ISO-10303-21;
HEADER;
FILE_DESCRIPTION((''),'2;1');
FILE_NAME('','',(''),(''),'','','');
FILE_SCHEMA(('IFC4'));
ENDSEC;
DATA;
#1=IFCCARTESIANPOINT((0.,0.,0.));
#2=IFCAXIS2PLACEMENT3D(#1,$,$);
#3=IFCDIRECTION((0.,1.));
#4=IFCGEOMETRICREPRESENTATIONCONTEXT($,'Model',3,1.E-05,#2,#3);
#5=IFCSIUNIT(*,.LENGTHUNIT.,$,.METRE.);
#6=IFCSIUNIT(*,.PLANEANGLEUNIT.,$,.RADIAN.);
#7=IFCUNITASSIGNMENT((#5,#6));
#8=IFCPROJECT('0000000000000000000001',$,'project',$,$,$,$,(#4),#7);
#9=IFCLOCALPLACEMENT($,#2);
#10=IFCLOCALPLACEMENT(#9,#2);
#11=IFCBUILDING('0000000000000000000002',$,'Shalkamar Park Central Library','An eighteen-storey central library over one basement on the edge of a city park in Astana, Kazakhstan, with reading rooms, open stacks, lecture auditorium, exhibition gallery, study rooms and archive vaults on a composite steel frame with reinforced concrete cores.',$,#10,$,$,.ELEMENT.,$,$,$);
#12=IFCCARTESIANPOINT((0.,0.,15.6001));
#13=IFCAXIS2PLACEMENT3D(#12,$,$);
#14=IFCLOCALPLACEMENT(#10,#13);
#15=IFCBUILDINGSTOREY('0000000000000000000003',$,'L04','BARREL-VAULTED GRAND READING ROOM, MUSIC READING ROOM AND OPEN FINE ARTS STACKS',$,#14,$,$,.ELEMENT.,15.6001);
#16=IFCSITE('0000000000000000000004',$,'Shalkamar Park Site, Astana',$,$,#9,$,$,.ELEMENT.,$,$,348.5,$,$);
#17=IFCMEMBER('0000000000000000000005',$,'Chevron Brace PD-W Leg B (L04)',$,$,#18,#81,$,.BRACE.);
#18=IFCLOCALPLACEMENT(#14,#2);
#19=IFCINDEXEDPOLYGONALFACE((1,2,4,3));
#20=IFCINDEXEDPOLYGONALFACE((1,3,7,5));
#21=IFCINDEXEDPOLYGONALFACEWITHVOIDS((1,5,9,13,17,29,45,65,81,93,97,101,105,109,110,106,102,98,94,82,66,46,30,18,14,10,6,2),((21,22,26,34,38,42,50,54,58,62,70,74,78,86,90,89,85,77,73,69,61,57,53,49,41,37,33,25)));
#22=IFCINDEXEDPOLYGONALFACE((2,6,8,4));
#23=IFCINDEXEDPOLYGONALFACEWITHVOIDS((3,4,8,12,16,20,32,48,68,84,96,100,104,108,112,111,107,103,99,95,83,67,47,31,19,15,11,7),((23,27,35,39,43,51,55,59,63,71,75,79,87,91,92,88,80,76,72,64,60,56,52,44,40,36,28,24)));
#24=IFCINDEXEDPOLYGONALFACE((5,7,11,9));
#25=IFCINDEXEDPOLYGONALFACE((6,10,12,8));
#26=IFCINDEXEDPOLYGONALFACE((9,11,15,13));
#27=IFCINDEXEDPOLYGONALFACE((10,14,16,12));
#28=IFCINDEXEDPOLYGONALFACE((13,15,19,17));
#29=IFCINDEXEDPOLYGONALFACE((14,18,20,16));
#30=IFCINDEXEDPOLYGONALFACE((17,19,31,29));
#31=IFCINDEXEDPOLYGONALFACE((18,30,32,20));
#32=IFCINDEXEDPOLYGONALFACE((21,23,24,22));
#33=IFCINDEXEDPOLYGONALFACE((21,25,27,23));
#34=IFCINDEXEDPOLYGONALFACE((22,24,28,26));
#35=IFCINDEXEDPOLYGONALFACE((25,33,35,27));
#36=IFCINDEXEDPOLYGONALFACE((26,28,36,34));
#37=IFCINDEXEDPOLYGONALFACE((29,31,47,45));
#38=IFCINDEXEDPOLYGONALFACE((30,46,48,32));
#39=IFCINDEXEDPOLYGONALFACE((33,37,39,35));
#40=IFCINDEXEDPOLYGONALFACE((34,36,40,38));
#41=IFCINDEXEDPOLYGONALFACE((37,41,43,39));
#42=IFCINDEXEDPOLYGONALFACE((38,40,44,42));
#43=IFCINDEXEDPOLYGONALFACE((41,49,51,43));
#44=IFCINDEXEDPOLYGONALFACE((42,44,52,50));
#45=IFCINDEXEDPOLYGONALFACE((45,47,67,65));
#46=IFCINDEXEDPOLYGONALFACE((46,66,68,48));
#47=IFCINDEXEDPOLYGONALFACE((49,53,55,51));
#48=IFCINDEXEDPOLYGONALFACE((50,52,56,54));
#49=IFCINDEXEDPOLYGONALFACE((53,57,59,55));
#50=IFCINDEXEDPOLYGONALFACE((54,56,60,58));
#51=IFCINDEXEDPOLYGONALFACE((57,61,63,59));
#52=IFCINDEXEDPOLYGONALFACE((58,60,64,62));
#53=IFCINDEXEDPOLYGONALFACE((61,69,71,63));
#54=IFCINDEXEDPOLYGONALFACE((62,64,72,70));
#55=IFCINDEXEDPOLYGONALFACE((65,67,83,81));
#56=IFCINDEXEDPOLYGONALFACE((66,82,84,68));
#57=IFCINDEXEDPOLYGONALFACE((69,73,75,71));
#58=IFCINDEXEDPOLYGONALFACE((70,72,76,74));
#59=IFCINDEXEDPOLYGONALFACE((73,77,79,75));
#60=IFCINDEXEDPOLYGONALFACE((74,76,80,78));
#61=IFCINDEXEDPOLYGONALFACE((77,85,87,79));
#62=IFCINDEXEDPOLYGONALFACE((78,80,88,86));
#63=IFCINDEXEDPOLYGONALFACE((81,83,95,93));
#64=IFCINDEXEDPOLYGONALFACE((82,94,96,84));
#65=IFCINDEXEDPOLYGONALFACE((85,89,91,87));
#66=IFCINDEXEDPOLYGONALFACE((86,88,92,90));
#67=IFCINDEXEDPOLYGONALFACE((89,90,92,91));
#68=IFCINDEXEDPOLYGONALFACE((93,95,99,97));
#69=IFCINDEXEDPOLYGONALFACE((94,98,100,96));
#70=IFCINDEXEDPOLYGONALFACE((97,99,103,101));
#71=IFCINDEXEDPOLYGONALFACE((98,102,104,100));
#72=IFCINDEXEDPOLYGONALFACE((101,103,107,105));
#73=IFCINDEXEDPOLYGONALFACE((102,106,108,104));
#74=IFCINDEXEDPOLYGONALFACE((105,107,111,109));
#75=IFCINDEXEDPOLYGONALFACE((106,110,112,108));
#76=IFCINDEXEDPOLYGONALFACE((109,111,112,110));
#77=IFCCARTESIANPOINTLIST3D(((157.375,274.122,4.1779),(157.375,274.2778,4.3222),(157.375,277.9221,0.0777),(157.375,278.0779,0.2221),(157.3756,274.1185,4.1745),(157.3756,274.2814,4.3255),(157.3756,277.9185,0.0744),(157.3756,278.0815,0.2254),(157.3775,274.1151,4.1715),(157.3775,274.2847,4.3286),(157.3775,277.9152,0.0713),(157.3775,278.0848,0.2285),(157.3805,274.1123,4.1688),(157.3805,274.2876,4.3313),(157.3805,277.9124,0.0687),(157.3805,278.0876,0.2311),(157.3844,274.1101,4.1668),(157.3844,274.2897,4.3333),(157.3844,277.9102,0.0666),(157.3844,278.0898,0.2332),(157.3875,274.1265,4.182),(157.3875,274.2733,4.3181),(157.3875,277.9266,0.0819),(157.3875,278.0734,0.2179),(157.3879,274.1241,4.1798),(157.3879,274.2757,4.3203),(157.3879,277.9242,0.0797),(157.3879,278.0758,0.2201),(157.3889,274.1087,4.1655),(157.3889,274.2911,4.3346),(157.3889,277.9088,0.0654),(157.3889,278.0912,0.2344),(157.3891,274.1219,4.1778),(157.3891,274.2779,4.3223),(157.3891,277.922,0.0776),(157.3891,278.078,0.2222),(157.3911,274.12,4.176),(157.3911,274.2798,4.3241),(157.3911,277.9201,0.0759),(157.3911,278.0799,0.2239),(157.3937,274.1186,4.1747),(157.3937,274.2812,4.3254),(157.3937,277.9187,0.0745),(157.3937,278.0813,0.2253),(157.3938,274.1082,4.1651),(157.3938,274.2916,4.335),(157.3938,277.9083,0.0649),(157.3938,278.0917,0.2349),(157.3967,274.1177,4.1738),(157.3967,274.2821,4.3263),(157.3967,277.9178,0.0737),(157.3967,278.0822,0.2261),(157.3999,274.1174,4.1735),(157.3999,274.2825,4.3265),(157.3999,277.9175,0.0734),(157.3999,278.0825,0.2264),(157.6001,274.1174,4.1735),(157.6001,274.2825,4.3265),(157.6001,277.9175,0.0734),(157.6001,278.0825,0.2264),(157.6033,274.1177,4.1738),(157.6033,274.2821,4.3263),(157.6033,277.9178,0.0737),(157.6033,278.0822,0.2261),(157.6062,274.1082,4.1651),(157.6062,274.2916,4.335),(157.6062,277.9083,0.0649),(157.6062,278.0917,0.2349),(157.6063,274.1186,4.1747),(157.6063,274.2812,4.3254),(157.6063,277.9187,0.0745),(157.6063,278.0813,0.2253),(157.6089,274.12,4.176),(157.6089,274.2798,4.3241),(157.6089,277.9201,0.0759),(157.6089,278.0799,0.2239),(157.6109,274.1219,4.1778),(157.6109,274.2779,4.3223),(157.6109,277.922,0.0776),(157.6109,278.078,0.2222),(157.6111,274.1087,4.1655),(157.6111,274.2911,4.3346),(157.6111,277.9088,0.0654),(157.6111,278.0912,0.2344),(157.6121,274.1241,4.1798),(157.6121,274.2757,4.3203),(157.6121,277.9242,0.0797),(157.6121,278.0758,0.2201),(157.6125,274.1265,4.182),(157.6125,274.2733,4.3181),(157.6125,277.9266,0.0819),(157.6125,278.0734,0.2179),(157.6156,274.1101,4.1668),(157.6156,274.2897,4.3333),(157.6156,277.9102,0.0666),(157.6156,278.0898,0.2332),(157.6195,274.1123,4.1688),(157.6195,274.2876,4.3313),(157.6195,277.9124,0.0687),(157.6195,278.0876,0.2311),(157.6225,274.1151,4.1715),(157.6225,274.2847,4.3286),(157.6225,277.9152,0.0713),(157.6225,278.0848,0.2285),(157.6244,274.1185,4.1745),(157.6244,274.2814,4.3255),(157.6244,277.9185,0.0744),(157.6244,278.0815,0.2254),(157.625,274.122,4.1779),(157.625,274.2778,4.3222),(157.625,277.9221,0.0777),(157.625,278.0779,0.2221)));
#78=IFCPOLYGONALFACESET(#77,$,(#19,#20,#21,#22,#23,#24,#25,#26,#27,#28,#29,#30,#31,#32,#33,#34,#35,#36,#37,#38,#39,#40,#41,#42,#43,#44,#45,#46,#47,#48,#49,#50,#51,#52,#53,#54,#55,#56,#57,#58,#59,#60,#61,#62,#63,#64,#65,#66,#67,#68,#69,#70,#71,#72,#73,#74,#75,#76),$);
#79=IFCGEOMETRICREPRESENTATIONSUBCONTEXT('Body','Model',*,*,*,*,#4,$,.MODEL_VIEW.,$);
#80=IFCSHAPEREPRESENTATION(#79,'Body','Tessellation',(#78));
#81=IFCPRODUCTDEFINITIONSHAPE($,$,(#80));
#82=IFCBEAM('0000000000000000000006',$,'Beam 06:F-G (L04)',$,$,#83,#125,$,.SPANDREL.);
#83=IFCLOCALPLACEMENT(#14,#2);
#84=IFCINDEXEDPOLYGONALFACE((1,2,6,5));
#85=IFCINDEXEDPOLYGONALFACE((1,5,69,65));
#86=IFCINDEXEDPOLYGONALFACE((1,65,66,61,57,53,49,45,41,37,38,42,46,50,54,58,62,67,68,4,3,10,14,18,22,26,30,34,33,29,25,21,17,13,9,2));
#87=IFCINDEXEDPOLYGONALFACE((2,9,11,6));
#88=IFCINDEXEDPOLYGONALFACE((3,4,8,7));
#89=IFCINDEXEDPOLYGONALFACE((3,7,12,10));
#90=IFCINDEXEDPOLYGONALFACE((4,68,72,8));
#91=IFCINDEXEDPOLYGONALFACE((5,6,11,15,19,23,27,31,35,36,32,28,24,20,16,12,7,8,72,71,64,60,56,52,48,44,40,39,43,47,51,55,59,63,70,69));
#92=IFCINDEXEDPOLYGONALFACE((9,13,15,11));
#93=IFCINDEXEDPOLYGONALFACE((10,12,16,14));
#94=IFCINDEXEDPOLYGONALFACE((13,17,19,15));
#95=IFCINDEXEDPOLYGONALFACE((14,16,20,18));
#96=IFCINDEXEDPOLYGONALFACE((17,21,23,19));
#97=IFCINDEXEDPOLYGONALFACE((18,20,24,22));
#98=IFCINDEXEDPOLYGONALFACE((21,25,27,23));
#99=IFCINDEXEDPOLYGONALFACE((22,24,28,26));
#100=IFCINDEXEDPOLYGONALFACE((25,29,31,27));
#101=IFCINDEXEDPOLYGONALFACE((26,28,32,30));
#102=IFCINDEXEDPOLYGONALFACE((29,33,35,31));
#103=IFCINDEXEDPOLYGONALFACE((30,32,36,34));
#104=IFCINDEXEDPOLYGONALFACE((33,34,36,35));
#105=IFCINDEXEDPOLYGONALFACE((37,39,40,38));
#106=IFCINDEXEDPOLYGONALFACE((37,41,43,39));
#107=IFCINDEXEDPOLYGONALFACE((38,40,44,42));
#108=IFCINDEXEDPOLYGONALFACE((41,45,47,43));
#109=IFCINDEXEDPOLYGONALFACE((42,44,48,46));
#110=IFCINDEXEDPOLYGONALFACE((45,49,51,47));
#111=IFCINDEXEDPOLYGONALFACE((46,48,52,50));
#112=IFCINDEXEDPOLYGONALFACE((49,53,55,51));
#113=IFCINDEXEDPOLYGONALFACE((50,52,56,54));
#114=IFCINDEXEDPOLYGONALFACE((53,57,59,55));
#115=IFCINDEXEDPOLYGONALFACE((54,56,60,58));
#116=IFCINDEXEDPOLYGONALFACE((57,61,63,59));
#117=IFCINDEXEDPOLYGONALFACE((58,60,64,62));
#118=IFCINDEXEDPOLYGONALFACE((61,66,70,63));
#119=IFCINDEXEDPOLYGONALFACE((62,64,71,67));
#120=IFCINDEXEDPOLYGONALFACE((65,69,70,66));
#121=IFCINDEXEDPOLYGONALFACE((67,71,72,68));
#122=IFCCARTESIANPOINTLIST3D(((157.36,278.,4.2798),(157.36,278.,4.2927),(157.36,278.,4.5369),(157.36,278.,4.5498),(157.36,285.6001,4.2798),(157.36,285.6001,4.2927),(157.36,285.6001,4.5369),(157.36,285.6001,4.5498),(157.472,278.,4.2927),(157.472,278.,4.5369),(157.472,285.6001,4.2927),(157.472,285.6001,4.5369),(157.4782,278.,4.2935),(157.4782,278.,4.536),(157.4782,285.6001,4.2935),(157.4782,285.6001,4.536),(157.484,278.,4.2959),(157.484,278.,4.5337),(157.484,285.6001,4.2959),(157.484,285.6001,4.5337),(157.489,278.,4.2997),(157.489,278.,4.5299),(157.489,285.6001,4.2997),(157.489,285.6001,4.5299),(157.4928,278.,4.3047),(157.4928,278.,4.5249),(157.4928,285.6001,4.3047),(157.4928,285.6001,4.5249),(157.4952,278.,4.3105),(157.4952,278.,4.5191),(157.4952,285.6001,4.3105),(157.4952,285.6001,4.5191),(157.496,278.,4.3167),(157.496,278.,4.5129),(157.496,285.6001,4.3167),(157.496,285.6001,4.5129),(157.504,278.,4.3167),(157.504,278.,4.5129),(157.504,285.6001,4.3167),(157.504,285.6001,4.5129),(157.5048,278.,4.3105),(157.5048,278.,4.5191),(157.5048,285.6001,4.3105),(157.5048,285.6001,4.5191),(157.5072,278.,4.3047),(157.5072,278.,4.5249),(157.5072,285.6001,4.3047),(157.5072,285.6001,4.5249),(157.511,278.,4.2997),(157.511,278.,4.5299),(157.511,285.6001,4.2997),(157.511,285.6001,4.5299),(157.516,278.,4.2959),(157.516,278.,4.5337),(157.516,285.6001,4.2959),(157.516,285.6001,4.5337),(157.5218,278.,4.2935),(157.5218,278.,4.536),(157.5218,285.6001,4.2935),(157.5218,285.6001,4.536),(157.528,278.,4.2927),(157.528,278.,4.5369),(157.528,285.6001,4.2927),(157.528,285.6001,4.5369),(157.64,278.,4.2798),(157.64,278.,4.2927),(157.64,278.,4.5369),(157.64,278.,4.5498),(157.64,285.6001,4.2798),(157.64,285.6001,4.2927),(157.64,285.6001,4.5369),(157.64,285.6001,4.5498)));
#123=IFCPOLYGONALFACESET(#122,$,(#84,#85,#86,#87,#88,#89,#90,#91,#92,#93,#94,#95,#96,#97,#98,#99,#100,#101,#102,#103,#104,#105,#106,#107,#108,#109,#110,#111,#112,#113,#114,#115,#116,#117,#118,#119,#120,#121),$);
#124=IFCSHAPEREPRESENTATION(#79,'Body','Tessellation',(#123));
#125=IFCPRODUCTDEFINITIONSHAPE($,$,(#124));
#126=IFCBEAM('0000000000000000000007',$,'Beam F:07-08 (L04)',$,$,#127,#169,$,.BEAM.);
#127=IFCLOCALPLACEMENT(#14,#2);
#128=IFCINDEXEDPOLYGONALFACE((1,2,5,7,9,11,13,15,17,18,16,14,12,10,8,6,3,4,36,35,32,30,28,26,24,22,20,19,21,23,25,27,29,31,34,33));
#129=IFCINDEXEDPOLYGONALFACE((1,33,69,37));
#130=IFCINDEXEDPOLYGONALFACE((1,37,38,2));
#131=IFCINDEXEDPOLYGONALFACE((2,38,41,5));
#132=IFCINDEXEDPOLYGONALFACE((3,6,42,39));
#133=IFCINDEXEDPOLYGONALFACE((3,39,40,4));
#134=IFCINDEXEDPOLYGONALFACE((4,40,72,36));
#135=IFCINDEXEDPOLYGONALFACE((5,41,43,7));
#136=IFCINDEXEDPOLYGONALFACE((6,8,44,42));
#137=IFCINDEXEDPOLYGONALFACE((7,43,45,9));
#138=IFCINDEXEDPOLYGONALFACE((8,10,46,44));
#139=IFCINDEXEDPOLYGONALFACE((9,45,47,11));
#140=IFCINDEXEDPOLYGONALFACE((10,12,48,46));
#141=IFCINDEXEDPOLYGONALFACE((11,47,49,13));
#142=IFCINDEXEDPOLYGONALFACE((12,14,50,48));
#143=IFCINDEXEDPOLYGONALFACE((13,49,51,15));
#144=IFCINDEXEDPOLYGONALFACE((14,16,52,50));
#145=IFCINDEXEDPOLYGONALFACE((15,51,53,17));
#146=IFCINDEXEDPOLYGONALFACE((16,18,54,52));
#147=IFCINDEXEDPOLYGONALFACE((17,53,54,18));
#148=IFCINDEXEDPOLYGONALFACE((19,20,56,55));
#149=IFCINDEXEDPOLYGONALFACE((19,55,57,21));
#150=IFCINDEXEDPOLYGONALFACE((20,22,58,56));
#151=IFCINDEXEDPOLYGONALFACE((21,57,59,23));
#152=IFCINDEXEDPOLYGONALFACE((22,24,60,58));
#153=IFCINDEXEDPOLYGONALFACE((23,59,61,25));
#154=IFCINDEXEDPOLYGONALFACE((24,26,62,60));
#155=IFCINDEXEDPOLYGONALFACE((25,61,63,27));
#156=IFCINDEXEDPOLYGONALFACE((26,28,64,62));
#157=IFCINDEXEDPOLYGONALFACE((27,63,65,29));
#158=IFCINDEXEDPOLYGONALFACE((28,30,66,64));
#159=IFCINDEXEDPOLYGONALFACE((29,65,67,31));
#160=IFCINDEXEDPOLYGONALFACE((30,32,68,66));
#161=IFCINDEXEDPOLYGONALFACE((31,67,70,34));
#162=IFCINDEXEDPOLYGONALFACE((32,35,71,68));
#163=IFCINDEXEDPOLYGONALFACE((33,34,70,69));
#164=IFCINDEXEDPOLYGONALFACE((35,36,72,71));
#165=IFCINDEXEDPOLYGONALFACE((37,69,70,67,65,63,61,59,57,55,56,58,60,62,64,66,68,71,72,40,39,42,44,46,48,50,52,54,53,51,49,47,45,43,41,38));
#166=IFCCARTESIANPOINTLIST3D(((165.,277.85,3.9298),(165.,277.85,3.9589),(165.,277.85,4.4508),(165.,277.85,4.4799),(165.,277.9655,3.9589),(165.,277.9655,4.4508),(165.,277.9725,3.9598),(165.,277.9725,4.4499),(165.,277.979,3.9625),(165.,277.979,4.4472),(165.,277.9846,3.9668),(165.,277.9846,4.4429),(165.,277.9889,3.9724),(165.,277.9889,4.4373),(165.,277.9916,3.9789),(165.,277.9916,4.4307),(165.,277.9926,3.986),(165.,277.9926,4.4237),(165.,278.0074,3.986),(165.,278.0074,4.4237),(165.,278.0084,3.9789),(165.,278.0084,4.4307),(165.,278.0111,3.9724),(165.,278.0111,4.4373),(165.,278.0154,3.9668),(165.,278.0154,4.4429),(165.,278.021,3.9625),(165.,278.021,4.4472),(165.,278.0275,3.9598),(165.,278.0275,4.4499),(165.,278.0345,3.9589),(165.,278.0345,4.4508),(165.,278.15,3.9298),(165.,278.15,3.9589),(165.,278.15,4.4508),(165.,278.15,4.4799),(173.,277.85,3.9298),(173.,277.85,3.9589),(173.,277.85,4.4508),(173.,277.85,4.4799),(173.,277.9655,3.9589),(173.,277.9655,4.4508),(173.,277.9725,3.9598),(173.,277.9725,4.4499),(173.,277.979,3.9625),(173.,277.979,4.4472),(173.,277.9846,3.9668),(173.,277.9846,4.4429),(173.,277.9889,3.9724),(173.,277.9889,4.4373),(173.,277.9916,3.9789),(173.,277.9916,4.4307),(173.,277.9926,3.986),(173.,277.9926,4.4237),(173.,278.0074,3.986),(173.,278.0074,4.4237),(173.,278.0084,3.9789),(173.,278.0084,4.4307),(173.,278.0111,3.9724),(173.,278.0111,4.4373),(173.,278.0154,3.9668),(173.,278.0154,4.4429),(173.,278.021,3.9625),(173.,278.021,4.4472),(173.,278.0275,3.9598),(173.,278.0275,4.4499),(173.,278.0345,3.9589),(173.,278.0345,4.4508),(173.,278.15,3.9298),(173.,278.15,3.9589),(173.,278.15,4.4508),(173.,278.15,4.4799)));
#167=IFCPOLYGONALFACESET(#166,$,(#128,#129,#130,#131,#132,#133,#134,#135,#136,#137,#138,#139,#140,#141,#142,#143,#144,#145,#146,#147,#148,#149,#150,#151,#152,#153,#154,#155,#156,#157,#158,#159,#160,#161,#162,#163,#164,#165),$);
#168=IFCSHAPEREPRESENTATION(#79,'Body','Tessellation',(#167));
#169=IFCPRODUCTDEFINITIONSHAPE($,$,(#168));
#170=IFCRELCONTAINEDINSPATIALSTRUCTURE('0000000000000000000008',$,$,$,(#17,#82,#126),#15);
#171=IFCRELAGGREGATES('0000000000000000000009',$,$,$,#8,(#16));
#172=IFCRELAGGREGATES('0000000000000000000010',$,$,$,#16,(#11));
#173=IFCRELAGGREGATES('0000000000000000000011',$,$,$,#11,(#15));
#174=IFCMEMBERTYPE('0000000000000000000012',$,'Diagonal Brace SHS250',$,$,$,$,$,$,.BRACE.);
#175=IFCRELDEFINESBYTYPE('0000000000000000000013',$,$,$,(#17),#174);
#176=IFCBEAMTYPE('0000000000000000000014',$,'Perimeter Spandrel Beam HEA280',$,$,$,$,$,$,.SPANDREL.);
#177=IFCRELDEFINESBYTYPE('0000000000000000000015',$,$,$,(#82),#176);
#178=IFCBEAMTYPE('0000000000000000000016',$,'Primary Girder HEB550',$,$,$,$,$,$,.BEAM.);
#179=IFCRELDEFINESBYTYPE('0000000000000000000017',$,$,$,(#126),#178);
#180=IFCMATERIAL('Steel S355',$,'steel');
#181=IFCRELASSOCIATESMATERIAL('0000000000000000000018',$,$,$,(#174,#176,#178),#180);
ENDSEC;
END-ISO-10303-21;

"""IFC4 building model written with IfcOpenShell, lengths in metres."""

from ifc_helpers import new_model, si_unit, direction, frame, origin, origin_2d, place, context, subcontext, project, spatial, hollow_rectangle, i_section, extrude, material, material_profile, profile_set, type_object, element, save


model = new_model("IFC4")

# Units and contexts
model_context = context("Model", 3, precision=1e-05, world=origin(), true_north=direction((0.0, 1.0)))
body_context = subcontext(model_context, "Body", "Model", "MODEL_VIEW")
ifc_project = project(units=[si_unit("LENGTHUNIT", "METRE"), si_unit("PLANEANGLEUNIT", "RADIAN")], contexts=[model_context])

# Site, building, storey
site_placement = place(None, origin())
site = spatial("IfcSite", under=ifc_project, at=site_placement, Name="Shalkamar Park Site, Astana", CompositionType="ELEMENT", RefElevation=348.5)
building_placement = place(site_placement, origin())
building = spatial("IfcBuilding", under=site, at=building_placement, Name="Shalkamar Park Central Library", Description="An eighteen-storey central library over one basement on the edge of a city park in Astana, Kazakhstan, with reading rooms, open stacks, lecture auditorium, exhibition gallery, study rooms and archive vaults on a composite steel frame with reinforced concrete cores.", CompositionType="ELEMENT")
storey_placement = place(building_placement, frame((0.0, 0.0, 15.6001)))
storey = spatial("IfcBuildingStorey", under=building, at=storey_placement, Name="L04", Description="BARREL-VAULTED GRAND READING ROOM, MUSIC READING ROOM AND OPEN FINE ARTS STACKS", CompositionType="ELEMENT", Elevation=15.6001)

# Shared definitions
ifc_material_1 = material(Name="Steel S355", Category="steel")

# Member
ifc_material_profile_1 = material_profile(ifc_material_1, hollow_rectangle(XDim=0.25, YDim=0.25, WallThickness=0.0125, InnerFilletRadius=0.0125, OuterFilletRadius=0.0188, at=origin_2d()), Name="SHS 250x250x12.5")
ifc_profile_set_1 = profile_set([ifc_material_profile_1], Name="Steel S355")
member_type_1 = type_object("IfcMemberType", Name="Diagonal Brace SHS250", PredefinedType="BRACE", material=ifc_profile_set_1)
member_1_placement = place(storey_placement, frame((157.5, 278.0, 0.1499), z_axis=(0.0, -0.679761, 0.733434), x_axis=(1.0, 0.0, 0.0)))
element("IfcMember", 1, at=member_1_placement, inside=storey, type_object=member_type_1, Name="Chevron Brace PD-W Leg B (L04)", PredefinedType="BRACE", context=body_context, shape_type="SweptSolid", body=[
    extrude(hollow_rectangle(XDim=0.25, YDim=0.25, WallThickness=0.0125, InnerFilletRadius=0.0125, OuterFilletRadius=0.0188, at=origin_2d()), origin(), (0.0, 0.0, 1.0), 5.5903),
])

# Beams
ifc_material_profile_2 = material_profile(ifc_material_1, i_section(OverallWidth=0.28, OverallDepth=0.27, WebThickness=0.0081, FlangeThickness=0.0129, FilletRadius=0.0239, at=origin_2d()), Name="HEA 280")
ifc_profile_set_2 = profile_set([ifc_material_profile_2], Name="Steel S355")
beam_type_1 = type_object("IfcBeamType", Name="Perimeter Spandrel Beam HEA280", PredefinedType="SPANDREL", material=ifc_profile_set_2)
beam_1_placement = place(storey_placement, frame((157.5, 278.0, 4.4148), z_axis=(0.0, 1.0, 0.0), x_axis=(-1.0, 0.0, 0.0)))
element("IfcBeam", 2, at=beam_1_placement, inside=storey, type_object=beam_type_1, Name="Beam 06:F-G (L04)", PredefinedType="SPANDREL", context=body_context, shape_type="SweptSolid", body=[
    extrude(i_section(OverallWidth=0.28, OverallDepth=0.27, WebThickness=0.0081, FlangeThickness=0.0129, FilletRadius=0.0239, at=origin_2d()), origin(), (0.0, 0.0, 1.0), 7.6001),
])
ifc_material_profile_3 = material_profile(ifc_material_1, i_section(OverallWidth=0.3, OverallDepth=0.55, WebThickness=0.0149, FlangeThickness=0.0291, FilletRadius=0.0271, at=origin_2d()), Name="HEB 550")
ifc_profile_set_3 = profile_set([ifc_material_profile_3], Name="Steel S355")
beam_type_2 = type_object("IfcBeamType", Name="Primary Girder HEB550", PredefinedType="BEAM", material=ifc_profile_set_3)
for number, where, z_axis, x_axis, name in (
    (3, (165.0, 278.0, 4.2048), (1.0, 0.0, 0.0), (0.0, 1.0, 0.0), "Beam F:07-08 (L04)"),
):
    element("IfcBeam", number, at=place(storey_placement, frame(where, z_axis=z_axis, x_axis=x_axis)), inside=storey, type_object=beam_type_2, Name=name, PredefinedType="BEAM", context=body_context, shape_type="SweptSolid", body=[
        extrude(i_section(OverallWidth=0.3, OverallDepth=0.55, WebThickness=0.0149, FlangeThickness=0.0291, FilletRadius=0.0271, at=origin_2d()), origin(), (0.0, 0.0, 1.0), 8.0),
    ])

save(model, "model.ifc")
